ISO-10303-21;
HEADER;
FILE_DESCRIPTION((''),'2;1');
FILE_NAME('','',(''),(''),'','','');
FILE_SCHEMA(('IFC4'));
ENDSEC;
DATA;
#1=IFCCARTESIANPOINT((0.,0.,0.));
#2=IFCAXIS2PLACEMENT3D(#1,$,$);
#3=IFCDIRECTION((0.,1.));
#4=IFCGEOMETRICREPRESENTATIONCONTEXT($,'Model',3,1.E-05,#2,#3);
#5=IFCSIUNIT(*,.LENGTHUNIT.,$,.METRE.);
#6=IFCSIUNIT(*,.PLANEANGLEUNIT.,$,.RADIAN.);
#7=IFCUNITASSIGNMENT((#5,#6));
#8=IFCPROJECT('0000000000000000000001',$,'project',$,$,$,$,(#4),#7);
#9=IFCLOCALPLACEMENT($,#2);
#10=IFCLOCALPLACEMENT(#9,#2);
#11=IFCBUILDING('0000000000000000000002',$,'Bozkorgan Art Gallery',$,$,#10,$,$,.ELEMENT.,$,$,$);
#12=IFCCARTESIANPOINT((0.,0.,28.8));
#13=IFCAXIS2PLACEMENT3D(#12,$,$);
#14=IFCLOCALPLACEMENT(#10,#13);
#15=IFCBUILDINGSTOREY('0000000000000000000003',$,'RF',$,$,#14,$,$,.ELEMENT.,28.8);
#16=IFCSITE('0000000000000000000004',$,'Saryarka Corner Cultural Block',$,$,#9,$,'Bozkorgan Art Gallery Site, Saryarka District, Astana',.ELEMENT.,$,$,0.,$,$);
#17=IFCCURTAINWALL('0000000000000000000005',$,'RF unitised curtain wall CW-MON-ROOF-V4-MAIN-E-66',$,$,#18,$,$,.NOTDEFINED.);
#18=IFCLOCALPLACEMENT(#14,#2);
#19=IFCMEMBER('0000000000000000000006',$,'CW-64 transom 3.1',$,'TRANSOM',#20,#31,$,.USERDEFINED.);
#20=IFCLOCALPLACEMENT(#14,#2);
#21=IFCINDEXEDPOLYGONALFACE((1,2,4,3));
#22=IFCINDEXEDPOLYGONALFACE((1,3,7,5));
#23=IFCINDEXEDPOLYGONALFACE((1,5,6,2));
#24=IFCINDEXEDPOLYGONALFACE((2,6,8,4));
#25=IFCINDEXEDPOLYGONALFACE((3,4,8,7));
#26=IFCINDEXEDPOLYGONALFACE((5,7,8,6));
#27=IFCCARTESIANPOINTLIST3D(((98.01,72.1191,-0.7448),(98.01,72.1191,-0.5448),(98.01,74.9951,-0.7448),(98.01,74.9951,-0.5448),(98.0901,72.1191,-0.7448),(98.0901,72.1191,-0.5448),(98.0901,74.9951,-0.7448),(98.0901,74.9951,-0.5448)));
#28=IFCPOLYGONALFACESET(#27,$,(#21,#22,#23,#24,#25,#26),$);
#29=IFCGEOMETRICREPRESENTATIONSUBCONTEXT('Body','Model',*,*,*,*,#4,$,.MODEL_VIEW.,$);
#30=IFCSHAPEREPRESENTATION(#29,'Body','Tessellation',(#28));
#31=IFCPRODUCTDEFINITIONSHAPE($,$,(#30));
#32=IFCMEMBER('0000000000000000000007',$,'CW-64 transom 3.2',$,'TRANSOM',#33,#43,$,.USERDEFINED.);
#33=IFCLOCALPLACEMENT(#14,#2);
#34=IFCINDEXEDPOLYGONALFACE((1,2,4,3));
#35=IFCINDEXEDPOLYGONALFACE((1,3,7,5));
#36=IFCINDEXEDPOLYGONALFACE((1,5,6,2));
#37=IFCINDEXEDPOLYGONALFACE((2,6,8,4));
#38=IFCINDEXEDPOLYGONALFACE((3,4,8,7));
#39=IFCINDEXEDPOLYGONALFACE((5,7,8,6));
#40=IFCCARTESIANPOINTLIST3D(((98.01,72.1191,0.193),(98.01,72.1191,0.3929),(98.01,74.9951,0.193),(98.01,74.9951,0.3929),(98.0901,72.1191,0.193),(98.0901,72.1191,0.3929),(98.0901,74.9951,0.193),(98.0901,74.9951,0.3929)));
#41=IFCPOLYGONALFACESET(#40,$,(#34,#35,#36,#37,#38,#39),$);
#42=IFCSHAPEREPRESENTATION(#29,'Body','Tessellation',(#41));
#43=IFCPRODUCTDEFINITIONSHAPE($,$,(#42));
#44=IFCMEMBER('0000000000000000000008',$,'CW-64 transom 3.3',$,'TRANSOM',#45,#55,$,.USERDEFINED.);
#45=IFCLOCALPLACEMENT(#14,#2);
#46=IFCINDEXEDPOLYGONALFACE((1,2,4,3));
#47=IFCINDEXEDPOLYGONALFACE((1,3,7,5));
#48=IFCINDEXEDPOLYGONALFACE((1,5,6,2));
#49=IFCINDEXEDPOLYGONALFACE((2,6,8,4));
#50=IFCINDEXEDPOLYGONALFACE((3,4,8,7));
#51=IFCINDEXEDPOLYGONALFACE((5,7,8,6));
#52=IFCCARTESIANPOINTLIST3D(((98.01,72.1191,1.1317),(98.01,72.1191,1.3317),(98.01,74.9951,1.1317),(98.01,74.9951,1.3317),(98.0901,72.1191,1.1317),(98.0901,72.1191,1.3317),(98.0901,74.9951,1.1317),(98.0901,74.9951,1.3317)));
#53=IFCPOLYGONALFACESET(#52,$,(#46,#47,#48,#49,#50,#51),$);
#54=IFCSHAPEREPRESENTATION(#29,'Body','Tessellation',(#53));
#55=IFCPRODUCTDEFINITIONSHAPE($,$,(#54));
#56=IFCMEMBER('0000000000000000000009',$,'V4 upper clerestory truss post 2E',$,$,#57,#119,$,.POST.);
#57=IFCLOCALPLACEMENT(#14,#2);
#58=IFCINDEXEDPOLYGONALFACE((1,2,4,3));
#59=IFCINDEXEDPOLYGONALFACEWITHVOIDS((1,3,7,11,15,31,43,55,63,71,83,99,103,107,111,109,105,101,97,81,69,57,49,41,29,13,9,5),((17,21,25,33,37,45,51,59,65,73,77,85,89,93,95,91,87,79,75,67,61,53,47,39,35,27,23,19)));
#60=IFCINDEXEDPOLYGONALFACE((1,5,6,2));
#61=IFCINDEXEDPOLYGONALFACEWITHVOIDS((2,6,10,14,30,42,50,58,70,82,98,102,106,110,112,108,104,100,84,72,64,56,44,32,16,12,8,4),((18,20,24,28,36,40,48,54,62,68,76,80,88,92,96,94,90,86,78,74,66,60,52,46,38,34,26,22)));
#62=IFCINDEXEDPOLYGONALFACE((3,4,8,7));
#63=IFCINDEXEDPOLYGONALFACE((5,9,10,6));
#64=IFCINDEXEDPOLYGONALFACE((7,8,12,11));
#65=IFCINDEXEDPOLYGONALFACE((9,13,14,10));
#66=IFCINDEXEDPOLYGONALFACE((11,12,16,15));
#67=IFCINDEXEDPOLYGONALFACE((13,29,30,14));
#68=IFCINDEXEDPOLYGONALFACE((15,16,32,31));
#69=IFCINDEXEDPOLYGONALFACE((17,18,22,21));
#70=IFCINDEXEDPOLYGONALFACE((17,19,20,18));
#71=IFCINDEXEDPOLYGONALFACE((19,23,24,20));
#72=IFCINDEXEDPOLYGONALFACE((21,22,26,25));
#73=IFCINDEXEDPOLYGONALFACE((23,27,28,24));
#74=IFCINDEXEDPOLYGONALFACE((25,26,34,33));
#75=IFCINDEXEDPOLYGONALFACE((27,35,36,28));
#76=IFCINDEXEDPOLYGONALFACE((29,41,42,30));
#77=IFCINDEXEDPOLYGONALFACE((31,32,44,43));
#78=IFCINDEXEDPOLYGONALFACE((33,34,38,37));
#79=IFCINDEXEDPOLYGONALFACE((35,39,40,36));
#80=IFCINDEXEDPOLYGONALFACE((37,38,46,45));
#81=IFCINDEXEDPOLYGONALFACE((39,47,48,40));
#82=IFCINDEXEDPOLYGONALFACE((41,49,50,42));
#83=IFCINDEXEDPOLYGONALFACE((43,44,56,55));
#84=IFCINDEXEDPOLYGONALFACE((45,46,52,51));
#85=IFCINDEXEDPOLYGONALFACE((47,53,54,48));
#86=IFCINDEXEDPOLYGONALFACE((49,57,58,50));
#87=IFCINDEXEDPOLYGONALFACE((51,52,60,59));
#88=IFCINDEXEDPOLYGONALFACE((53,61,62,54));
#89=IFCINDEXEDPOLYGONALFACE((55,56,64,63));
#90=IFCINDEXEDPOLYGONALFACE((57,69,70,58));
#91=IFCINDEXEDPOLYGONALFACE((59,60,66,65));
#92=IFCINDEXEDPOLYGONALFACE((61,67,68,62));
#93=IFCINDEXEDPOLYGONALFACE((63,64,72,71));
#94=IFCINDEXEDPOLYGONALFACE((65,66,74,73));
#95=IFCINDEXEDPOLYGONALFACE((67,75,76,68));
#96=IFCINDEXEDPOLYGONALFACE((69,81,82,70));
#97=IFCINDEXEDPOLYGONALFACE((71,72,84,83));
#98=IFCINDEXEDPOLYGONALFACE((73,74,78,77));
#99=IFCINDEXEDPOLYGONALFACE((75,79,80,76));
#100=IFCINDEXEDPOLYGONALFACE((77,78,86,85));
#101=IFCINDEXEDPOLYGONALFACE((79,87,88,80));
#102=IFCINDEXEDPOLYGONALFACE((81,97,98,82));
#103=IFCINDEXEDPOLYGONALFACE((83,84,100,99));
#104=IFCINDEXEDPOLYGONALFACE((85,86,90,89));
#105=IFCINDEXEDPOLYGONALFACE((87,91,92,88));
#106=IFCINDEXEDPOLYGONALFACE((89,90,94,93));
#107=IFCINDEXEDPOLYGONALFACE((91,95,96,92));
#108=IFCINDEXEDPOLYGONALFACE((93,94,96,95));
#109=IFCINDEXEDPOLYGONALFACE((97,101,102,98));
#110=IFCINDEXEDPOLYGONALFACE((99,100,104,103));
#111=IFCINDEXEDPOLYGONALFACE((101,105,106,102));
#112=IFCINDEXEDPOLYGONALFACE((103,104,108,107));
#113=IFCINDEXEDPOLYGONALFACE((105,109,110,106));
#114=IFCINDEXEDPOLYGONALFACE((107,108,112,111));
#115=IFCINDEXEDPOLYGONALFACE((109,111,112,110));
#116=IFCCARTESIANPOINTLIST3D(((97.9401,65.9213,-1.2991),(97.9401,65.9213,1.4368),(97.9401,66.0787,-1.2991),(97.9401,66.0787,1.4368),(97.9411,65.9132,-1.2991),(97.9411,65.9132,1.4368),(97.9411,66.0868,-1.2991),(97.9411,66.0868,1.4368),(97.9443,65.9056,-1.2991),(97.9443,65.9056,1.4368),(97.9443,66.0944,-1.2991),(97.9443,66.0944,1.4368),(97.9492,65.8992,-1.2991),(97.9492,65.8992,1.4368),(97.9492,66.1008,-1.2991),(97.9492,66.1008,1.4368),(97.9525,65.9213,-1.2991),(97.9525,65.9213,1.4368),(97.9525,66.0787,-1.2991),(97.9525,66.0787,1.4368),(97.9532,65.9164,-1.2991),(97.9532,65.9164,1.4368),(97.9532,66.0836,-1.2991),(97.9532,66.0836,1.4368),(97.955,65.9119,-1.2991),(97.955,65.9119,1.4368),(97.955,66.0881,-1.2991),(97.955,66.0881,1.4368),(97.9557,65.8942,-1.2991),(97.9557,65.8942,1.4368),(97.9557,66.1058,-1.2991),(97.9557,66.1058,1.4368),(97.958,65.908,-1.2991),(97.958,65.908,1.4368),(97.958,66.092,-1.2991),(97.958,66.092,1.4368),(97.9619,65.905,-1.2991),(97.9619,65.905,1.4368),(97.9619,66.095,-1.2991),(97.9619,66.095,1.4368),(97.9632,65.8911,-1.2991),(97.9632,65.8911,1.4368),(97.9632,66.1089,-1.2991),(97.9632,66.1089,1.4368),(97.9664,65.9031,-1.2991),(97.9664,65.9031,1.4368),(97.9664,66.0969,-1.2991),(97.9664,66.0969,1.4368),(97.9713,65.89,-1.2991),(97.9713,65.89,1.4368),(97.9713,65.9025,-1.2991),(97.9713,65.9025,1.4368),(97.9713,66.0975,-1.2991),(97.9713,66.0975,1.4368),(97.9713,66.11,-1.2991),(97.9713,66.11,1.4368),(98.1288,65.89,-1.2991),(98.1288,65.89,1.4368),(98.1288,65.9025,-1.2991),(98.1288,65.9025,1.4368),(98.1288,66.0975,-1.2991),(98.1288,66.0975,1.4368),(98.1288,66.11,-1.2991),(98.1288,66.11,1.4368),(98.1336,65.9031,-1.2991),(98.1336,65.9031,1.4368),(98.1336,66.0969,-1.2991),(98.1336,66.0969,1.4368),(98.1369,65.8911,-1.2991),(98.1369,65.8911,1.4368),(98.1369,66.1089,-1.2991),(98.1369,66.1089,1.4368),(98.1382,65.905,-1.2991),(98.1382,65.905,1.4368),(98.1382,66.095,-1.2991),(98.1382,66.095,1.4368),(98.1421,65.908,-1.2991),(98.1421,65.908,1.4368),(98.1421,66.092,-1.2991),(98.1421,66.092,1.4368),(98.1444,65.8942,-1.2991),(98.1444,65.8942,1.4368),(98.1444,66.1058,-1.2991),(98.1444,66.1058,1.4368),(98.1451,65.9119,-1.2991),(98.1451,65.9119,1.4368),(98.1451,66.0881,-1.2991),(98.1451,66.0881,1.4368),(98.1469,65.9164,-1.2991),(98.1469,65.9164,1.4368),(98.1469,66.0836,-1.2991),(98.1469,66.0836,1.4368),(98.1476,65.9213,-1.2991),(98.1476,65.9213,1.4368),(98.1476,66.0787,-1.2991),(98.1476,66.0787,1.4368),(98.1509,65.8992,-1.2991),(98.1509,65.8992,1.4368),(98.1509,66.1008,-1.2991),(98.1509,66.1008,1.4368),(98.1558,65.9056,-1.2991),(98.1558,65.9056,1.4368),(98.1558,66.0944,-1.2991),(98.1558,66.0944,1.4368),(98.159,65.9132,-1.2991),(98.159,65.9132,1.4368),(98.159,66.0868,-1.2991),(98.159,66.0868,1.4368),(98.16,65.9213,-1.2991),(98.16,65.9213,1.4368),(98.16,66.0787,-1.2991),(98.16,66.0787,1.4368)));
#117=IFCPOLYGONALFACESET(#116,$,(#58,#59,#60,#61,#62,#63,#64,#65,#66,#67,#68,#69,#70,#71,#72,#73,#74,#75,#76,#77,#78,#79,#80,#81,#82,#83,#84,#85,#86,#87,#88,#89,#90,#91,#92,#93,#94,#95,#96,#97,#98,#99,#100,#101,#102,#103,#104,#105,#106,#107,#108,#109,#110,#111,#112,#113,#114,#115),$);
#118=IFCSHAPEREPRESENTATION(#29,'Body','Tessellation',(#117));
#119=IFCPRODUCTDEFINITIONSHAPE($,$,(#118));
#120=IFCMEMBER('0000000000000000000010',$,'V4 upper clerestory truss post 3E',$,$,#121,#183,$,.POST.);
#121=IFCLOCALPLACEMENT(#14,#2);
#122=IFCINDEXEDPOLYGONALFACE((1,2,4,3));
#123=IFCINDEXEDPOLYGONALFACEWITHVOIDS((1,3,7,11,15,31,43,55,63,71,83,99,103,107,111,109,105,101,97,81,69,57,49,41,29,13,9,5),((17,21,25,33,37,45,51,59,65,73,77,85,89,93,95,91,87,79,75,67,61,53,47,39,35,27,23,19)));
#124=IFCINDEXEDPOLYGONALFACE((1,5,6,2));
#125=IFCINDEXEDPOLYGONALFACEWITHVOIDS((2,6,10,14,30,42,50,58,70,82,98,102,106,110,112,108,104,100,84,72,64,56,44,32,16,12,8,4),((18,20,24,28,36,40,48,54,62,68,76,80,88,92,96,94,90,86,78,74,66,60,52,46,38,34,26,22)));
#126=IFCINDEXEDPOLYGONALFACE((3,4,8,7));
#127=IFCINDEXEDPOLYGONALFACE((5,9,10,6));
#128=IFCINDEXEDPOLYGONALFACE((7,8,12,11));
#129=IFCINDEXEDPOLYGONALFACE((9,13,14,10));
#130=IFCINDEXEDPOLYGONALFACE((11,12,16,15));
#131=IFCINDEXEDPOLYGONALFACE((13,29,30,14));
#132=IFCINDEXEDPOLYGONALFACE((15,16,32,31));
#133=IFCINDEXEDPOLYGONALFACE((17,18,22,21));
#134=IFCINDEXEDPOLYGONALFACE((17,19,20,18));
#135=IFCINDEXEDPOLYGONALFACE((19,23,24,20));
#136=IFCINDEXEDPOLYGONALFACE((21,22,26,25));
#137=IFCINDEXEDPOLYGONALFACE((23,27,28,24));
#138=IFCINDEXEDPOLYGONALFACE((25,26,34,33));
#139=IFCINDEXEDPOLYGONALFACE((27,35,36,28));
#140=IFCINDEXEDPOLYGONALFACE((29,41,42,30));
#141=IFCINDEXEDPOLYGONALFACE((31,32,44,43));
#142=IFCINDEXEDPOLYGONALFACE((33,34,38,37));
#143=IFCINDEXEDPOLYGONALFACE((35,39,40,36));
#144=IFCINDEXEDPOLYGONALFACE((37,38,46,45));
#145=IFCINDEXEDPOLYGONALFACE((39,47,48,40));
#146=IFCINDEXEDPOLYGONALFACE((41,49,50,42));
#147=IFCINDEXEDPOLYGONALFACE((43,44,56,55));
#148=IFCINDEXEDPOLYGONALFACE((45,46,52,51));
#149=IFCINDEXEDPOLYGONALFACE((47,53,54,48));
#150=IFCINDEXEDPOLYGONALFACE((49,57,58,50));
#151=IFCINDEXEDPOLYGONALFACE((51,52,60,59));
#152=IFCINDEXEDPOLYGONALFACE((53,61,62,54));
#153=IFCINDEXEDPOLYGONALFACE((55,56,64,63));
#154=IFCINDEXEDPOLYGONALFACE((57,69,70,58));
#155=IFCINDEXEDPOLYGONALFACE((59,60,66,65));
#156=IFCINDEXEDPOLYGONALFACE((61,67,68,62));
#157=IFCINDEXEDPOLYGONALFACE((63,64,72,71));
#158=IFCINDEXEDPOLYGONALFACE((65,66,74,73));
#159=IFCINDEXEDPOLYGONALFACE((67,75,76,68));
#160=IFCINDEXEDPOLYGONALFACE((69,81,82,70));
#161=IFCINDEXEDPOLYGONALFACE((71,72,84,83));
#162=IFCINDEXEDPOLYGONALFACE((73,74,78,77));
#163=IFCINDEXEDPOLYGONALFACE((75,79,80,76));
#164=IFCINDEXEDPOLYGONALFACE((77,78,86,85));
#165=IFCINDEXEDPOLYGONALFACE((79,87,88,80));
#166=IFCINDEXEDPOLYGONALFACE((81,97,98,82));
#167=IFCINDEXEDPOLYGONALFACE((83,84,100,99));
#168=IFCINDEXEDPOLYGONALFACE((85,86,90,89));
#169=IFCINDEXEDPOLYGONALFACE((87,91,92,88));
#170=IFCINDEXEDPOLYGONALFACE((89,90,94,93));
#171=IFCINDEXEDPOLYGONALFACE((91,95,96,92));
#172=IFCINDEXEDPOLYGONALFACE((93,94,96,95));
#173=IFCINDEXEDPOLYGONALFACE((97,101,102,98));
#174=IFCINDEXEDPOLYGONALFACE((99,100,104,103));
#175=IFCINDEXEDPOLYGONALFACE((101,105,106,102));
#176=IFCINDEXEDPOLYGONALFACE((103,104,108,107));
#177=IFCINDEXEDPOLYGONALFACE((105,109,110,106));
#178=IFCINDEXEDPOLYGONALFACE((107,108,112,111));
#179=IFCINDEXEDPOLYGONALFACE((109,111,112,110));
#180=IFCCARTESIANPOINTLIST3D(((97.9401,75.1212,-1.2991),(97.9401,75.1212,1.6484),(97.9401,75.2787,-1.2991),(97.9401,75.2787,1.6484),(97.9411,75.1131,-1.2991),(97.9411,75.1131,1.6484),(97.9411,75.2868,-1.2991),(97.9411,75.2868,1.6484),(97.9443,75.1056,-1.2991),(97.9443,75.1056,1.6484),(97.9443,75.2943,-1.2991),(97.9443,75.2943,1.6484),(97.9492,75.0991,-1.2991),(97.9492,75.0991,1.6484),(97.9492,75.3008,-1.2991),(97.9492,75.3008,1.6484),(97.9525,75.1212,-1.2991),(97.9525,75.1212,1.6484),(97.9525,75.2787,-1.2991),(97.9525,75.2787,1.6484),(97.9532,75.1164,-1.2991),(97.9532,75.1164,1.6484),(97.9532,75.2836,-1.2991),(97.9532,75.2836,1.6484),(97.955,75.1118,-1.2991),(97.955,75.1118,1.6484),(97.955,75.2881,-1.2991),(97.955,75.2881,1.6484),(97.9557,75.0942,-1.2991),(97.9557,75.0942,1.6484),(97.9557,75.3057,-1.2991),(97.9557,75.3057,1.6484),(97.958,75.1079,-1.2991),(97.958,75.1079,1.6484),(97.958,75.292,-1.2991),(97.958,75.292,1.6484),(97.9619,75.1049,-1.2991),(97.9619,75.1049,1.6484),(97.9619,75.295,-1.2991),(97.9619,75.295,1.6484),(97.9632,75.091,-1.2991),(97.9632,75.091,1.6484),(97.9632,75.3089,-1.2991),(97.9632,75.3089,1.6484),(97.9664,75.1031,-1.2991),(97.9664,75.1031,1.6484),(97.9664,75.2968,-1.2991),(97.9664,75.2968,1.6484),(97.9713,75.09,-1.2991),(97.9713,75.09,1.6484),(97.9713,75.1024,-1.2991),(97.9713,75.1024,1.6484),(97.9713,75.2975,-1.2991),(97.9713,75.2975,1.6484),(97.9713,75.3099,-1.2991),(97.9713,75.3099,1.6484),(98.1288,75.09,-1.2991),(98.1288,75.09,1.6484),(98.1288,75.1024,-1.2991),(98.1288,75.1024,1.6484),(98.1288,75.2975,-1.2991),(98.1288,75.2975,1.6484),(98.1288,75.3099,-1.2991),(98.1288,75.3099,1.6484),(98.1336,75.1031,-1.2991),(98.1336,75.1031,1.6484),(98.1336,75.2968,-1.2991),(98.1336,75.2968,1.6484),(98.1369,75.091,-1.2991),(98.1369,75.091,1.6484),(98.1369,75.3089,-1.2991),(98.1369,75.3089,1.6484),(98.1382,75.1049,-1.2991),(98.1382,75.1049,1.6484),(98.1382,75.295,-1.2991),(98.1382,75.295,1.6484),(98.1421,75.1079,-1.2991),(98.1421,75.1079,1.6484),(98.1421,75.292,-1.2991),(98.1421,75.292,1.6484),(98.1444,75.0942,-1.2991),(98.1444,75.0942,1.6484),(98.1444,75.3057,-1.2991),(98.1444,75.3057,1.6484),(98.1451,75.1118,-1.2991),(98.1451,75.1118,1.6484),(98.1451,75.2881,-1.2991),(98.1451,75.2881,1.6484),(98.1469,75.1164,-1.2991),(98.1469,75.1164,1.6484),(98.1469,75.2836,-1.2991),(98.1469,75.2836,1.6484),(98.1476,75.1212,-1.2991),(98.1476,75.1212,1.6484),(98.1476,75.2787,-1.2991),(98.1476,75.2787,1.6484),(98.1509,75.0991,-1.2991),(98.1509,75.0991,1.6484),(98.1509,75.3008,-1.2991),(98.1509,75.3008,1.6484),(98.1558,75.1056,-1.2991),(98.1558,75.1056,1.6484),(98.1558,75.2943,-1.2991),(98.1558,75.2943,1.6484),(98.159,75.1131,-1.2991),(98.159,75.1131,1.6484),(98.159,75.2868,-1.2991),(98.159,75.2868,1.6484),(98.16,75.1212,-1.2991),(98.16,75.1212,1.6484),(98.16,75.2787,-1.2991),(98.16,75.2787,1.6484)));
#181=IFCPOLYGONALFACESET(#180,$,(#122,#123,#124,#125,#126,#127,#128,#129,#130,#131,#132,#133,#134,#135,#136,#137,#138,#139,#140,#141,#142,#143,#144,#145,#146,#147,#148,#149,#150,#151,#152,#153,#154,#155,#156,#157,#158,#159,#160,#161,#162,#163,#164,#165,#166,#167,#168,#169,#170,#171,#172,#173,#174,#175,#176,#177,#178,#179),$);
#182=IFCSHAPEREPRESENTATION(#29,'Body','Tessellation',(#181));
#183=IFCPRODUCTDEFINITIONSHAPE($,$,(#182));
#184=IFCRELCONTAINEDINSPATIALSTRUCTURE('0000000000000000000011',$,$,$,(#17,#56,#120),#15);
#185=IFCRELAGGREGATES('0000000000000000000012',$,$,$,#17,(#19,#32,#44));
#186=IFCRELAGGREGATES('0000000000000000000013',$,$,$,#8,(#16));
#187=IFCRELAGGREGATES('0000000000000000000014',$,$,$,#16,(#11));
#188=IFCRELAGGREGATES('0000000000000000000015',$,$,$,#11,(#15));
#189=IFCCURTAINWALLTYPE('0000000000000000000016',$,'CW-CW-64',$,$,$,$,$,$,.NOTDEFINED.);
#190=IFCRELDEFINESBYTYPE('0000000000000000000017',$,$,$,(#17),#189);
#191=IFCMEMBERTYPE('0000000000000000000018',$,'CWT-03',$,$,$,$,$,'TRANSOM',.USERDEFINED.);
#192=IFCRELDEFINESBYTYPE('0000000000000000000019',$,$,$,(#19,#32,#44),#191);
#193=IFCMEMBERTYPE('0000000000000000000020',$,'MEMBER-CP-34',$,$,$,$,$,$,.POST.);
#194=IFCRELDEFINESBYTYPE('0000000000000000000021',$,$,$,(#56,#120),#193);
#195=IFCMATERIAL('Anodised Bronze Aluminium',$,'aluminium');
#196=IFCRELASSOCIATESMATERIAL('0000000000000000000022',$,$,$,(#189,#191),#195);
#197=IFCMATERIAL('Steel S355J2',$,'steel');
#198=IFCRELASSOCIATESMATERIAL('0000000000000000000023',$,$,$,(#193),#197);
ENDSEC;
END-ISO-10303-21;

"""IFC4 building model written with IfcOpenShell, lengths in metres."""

from ifc_helpers import new_model, si_unit, direction, frame, origin, origin_2d, place, context, subcontext, project, spatial, rectangle, hollow_rectangle, extrude, material, material_profile, profile_set, type_object, element, aggregate, save


model = new_model("IFC4")

# Units and contexts
model_context = context("Model", 3, precision=1e-05, world=origin(), true_north=direction((0.0, 1.0)))
body_context = subcontext(model_context, "Body", "Model", "MODEL_VIEW")
ifc_project = project(units=[si_unit("LENGTHUNIT", "METRE"), si_unit("PLANEANGLEUNIT", "RADIAN")], contexts=[model_context])

# Site, building, storey
site_placement = place(None, origin())
site = spatial("IfcSite", under=ifc_project, at=site_placement, Name="Saryarka Corner Cultural Block", LongName="Bozkorgan Art Gallery Site, Saryarka District, Astana", CompositionType="ELEMENT", RefElevation=0.0)
building_placement = place(site_placement, origin())
building = spatial("IfcBuilding", under=site, at=building_placement, Name="Bozkorgan Art Gallery", CompositionType="ELEMENT")
storey_placement = place(building_placement, frame((0.0, 0.0, 28.8)))
storey = spatial("IfcBuildingStorey", under=building, at=storey_placement, Name="RF", CompositionType="ELEMENT", Elevation=28.8)

# Curtain wall
ifc_material_1 = material(Name="Anodised Bronze Aluminium", Category="aluminium")
curtain_wall_type_1 = type_object("IfcCurtainWallType", Name="CW-CW-64", PredefinedType="NOTDEFINED", material=ifc_material_1)
curtain_wall_1_placement = place(storey_placement, origin())
curtain_wall_1 = element("IfcCurtainWall", 1, at=curtain_wall_1_placement, inside=storey, type_object=curtain_wall_type_1, Name="RF unitised curtain wall CW-MON-ROOF-V4-MAIN-E-66", PredefinedType="NOTDEFINED")

# Members
ifc_material_profile_1 = material_profile(ifc_material_1, rectangle(XDim=0.0801, YDim=0.2, at=origin_2d()), Name="ALU TRANSOM 80x200")
ifc_profile_set_1 = profile_set([ifc_material_profile_1], Name="Anodised Bronze Aluminium")
member_type_1 = type_object("IfcMemberType", Name="CWT-03", ElementType="TRANSOM", PredefinedType="USERDEFINED", material=ifc_profile_set_1)
member_1_placement = place(storey_placement, frame((98.05, 72.1191, -0.6448), z_axis=(0.0, 1.0, 0.0), x_axis=(-1.0, 0.0, 0.0)))
member_1 = element("IfcMember", 2, at=member_1_placement, type_object=member_type_1, Name="CW-64 transom 3.1", ObjectType="TRANSOM", PredefinedType="USERDEFINED", context=body_context, shape_type="SweptSolid", body=[
    extrude(rectangle(XDim=0.0801, YDim=0.2, at=origin_2d()), origin(), (0.0, 0.0, 1.0), 2.876),
])
member_2_placement = place(storey_placement, frame((98.05, 72.1191, 0.293), z_axis=(0.0, 1.0, 0.0), x_axis=(-1.0, 0.0, 0.0)))
member_2 = element("IfcMember", 3, at=member_2_placement, type_object=member_type_1, Name="CW-64 transom 3.2", ObjectType="TRANSOM", PredefinedType="USERDEFINED", context=body_context, shape_type="SweptSolid", body=[
    extrude(rectangle(XDim=0.0801, YDim=0.2, at=origin_2d()), origin(), (0.0, 0.0, 1.0), 2.876),
])
member_3_placement = place(storey_placement, frame((98.05, 72.1191, 1.2317), z_axis=(0.0, 1.0, 0.0), x_axis=(-1.0, 0.0, 0.0)))
member_3 = element("IfcMember", 4, at=member_3_placement, type_object=member_type_1, Name="CW-64 transom 3.3", ObjectType="TRANSOM", PredefinedType="USERDEFINED", context=body_context, shape_type="SweptSolid", body=[
    extrude(rectangle(XDim=0.0801, YDim=0.2, at=origin_2d()), origin(), (0.0, 0.0, 1.0), 2.876),
])

# Members
ifc_material_2 = material(Name="Steel S355J2", Category="steel")
ifc_material_profile_2 = material_profile(ifc_material_2, hollow_rectangle(XDim=0.22, YDim=0.22, WallThickness=0.0125, InnerFilletRadius=0.0188, OuterFilletRadius=0.0312, at=origin_2d()), Name="SHS 220x220x12.5")
ifc_profile_set_2 = profile_set([ifc_material_profile_2], Name="Steel S355J2")
member_type_2 = type_object("IfcMemberType", Name="MEMBER-CP-34", PredefinedType="POST", material=ifc_profile_set_2)
member_4_placement = place(storey_placement, frame((98.05, 66.0, -1.2991), z_axis=(0.0, 0.0, 1.0), x_axis=(1.0, 0.0, 0.0)))
element("IfcMember", 5, at=member_4_placement, inside=storey, type_object=member_type_2, Name="V4 upper clerestory truss post 2E", PredefinedType="POST", context=body_context, shape_type="SweptSolid", body=[
    extrude(hollow_rectangle(XDim=0.22, YDim=0.22, WallThickness=0.0125, InnerFilletRadius=0.0188, OuterFilletRadius=0.0312, at=origin_2d()), origin(), (0.0, 0.0, 1.0), 2.7358),
])
member_5_placement = place(storey_placement, frame((98.05, 75.2, -1.2991), z_axis=(0.0, 0.0, 1.0), x_axis=(1.0, 0.0, 0.0)))
element("IfcMember", 6, at=member_5_placement, inside=storey, type_object=member_type_2, Name="V4 upper clerestory truss post 3E", PredefinedType="POST", context=body_context, shape_type="SweptSolid", body=[
    extrude(hollow_rectangle(XDim=0.22, YDim=0.22, WallThickness=0.0125, InnerFilletRadius=0.0188, OuterFilletRadius=0.0312, at=origin_2d()), origin(), (0.0, 0.0, 1.0), 2.9475),
])

aggregate(curtain_wall_1, [member_1, member_2, member_3])

save(model, "model.ifc")
